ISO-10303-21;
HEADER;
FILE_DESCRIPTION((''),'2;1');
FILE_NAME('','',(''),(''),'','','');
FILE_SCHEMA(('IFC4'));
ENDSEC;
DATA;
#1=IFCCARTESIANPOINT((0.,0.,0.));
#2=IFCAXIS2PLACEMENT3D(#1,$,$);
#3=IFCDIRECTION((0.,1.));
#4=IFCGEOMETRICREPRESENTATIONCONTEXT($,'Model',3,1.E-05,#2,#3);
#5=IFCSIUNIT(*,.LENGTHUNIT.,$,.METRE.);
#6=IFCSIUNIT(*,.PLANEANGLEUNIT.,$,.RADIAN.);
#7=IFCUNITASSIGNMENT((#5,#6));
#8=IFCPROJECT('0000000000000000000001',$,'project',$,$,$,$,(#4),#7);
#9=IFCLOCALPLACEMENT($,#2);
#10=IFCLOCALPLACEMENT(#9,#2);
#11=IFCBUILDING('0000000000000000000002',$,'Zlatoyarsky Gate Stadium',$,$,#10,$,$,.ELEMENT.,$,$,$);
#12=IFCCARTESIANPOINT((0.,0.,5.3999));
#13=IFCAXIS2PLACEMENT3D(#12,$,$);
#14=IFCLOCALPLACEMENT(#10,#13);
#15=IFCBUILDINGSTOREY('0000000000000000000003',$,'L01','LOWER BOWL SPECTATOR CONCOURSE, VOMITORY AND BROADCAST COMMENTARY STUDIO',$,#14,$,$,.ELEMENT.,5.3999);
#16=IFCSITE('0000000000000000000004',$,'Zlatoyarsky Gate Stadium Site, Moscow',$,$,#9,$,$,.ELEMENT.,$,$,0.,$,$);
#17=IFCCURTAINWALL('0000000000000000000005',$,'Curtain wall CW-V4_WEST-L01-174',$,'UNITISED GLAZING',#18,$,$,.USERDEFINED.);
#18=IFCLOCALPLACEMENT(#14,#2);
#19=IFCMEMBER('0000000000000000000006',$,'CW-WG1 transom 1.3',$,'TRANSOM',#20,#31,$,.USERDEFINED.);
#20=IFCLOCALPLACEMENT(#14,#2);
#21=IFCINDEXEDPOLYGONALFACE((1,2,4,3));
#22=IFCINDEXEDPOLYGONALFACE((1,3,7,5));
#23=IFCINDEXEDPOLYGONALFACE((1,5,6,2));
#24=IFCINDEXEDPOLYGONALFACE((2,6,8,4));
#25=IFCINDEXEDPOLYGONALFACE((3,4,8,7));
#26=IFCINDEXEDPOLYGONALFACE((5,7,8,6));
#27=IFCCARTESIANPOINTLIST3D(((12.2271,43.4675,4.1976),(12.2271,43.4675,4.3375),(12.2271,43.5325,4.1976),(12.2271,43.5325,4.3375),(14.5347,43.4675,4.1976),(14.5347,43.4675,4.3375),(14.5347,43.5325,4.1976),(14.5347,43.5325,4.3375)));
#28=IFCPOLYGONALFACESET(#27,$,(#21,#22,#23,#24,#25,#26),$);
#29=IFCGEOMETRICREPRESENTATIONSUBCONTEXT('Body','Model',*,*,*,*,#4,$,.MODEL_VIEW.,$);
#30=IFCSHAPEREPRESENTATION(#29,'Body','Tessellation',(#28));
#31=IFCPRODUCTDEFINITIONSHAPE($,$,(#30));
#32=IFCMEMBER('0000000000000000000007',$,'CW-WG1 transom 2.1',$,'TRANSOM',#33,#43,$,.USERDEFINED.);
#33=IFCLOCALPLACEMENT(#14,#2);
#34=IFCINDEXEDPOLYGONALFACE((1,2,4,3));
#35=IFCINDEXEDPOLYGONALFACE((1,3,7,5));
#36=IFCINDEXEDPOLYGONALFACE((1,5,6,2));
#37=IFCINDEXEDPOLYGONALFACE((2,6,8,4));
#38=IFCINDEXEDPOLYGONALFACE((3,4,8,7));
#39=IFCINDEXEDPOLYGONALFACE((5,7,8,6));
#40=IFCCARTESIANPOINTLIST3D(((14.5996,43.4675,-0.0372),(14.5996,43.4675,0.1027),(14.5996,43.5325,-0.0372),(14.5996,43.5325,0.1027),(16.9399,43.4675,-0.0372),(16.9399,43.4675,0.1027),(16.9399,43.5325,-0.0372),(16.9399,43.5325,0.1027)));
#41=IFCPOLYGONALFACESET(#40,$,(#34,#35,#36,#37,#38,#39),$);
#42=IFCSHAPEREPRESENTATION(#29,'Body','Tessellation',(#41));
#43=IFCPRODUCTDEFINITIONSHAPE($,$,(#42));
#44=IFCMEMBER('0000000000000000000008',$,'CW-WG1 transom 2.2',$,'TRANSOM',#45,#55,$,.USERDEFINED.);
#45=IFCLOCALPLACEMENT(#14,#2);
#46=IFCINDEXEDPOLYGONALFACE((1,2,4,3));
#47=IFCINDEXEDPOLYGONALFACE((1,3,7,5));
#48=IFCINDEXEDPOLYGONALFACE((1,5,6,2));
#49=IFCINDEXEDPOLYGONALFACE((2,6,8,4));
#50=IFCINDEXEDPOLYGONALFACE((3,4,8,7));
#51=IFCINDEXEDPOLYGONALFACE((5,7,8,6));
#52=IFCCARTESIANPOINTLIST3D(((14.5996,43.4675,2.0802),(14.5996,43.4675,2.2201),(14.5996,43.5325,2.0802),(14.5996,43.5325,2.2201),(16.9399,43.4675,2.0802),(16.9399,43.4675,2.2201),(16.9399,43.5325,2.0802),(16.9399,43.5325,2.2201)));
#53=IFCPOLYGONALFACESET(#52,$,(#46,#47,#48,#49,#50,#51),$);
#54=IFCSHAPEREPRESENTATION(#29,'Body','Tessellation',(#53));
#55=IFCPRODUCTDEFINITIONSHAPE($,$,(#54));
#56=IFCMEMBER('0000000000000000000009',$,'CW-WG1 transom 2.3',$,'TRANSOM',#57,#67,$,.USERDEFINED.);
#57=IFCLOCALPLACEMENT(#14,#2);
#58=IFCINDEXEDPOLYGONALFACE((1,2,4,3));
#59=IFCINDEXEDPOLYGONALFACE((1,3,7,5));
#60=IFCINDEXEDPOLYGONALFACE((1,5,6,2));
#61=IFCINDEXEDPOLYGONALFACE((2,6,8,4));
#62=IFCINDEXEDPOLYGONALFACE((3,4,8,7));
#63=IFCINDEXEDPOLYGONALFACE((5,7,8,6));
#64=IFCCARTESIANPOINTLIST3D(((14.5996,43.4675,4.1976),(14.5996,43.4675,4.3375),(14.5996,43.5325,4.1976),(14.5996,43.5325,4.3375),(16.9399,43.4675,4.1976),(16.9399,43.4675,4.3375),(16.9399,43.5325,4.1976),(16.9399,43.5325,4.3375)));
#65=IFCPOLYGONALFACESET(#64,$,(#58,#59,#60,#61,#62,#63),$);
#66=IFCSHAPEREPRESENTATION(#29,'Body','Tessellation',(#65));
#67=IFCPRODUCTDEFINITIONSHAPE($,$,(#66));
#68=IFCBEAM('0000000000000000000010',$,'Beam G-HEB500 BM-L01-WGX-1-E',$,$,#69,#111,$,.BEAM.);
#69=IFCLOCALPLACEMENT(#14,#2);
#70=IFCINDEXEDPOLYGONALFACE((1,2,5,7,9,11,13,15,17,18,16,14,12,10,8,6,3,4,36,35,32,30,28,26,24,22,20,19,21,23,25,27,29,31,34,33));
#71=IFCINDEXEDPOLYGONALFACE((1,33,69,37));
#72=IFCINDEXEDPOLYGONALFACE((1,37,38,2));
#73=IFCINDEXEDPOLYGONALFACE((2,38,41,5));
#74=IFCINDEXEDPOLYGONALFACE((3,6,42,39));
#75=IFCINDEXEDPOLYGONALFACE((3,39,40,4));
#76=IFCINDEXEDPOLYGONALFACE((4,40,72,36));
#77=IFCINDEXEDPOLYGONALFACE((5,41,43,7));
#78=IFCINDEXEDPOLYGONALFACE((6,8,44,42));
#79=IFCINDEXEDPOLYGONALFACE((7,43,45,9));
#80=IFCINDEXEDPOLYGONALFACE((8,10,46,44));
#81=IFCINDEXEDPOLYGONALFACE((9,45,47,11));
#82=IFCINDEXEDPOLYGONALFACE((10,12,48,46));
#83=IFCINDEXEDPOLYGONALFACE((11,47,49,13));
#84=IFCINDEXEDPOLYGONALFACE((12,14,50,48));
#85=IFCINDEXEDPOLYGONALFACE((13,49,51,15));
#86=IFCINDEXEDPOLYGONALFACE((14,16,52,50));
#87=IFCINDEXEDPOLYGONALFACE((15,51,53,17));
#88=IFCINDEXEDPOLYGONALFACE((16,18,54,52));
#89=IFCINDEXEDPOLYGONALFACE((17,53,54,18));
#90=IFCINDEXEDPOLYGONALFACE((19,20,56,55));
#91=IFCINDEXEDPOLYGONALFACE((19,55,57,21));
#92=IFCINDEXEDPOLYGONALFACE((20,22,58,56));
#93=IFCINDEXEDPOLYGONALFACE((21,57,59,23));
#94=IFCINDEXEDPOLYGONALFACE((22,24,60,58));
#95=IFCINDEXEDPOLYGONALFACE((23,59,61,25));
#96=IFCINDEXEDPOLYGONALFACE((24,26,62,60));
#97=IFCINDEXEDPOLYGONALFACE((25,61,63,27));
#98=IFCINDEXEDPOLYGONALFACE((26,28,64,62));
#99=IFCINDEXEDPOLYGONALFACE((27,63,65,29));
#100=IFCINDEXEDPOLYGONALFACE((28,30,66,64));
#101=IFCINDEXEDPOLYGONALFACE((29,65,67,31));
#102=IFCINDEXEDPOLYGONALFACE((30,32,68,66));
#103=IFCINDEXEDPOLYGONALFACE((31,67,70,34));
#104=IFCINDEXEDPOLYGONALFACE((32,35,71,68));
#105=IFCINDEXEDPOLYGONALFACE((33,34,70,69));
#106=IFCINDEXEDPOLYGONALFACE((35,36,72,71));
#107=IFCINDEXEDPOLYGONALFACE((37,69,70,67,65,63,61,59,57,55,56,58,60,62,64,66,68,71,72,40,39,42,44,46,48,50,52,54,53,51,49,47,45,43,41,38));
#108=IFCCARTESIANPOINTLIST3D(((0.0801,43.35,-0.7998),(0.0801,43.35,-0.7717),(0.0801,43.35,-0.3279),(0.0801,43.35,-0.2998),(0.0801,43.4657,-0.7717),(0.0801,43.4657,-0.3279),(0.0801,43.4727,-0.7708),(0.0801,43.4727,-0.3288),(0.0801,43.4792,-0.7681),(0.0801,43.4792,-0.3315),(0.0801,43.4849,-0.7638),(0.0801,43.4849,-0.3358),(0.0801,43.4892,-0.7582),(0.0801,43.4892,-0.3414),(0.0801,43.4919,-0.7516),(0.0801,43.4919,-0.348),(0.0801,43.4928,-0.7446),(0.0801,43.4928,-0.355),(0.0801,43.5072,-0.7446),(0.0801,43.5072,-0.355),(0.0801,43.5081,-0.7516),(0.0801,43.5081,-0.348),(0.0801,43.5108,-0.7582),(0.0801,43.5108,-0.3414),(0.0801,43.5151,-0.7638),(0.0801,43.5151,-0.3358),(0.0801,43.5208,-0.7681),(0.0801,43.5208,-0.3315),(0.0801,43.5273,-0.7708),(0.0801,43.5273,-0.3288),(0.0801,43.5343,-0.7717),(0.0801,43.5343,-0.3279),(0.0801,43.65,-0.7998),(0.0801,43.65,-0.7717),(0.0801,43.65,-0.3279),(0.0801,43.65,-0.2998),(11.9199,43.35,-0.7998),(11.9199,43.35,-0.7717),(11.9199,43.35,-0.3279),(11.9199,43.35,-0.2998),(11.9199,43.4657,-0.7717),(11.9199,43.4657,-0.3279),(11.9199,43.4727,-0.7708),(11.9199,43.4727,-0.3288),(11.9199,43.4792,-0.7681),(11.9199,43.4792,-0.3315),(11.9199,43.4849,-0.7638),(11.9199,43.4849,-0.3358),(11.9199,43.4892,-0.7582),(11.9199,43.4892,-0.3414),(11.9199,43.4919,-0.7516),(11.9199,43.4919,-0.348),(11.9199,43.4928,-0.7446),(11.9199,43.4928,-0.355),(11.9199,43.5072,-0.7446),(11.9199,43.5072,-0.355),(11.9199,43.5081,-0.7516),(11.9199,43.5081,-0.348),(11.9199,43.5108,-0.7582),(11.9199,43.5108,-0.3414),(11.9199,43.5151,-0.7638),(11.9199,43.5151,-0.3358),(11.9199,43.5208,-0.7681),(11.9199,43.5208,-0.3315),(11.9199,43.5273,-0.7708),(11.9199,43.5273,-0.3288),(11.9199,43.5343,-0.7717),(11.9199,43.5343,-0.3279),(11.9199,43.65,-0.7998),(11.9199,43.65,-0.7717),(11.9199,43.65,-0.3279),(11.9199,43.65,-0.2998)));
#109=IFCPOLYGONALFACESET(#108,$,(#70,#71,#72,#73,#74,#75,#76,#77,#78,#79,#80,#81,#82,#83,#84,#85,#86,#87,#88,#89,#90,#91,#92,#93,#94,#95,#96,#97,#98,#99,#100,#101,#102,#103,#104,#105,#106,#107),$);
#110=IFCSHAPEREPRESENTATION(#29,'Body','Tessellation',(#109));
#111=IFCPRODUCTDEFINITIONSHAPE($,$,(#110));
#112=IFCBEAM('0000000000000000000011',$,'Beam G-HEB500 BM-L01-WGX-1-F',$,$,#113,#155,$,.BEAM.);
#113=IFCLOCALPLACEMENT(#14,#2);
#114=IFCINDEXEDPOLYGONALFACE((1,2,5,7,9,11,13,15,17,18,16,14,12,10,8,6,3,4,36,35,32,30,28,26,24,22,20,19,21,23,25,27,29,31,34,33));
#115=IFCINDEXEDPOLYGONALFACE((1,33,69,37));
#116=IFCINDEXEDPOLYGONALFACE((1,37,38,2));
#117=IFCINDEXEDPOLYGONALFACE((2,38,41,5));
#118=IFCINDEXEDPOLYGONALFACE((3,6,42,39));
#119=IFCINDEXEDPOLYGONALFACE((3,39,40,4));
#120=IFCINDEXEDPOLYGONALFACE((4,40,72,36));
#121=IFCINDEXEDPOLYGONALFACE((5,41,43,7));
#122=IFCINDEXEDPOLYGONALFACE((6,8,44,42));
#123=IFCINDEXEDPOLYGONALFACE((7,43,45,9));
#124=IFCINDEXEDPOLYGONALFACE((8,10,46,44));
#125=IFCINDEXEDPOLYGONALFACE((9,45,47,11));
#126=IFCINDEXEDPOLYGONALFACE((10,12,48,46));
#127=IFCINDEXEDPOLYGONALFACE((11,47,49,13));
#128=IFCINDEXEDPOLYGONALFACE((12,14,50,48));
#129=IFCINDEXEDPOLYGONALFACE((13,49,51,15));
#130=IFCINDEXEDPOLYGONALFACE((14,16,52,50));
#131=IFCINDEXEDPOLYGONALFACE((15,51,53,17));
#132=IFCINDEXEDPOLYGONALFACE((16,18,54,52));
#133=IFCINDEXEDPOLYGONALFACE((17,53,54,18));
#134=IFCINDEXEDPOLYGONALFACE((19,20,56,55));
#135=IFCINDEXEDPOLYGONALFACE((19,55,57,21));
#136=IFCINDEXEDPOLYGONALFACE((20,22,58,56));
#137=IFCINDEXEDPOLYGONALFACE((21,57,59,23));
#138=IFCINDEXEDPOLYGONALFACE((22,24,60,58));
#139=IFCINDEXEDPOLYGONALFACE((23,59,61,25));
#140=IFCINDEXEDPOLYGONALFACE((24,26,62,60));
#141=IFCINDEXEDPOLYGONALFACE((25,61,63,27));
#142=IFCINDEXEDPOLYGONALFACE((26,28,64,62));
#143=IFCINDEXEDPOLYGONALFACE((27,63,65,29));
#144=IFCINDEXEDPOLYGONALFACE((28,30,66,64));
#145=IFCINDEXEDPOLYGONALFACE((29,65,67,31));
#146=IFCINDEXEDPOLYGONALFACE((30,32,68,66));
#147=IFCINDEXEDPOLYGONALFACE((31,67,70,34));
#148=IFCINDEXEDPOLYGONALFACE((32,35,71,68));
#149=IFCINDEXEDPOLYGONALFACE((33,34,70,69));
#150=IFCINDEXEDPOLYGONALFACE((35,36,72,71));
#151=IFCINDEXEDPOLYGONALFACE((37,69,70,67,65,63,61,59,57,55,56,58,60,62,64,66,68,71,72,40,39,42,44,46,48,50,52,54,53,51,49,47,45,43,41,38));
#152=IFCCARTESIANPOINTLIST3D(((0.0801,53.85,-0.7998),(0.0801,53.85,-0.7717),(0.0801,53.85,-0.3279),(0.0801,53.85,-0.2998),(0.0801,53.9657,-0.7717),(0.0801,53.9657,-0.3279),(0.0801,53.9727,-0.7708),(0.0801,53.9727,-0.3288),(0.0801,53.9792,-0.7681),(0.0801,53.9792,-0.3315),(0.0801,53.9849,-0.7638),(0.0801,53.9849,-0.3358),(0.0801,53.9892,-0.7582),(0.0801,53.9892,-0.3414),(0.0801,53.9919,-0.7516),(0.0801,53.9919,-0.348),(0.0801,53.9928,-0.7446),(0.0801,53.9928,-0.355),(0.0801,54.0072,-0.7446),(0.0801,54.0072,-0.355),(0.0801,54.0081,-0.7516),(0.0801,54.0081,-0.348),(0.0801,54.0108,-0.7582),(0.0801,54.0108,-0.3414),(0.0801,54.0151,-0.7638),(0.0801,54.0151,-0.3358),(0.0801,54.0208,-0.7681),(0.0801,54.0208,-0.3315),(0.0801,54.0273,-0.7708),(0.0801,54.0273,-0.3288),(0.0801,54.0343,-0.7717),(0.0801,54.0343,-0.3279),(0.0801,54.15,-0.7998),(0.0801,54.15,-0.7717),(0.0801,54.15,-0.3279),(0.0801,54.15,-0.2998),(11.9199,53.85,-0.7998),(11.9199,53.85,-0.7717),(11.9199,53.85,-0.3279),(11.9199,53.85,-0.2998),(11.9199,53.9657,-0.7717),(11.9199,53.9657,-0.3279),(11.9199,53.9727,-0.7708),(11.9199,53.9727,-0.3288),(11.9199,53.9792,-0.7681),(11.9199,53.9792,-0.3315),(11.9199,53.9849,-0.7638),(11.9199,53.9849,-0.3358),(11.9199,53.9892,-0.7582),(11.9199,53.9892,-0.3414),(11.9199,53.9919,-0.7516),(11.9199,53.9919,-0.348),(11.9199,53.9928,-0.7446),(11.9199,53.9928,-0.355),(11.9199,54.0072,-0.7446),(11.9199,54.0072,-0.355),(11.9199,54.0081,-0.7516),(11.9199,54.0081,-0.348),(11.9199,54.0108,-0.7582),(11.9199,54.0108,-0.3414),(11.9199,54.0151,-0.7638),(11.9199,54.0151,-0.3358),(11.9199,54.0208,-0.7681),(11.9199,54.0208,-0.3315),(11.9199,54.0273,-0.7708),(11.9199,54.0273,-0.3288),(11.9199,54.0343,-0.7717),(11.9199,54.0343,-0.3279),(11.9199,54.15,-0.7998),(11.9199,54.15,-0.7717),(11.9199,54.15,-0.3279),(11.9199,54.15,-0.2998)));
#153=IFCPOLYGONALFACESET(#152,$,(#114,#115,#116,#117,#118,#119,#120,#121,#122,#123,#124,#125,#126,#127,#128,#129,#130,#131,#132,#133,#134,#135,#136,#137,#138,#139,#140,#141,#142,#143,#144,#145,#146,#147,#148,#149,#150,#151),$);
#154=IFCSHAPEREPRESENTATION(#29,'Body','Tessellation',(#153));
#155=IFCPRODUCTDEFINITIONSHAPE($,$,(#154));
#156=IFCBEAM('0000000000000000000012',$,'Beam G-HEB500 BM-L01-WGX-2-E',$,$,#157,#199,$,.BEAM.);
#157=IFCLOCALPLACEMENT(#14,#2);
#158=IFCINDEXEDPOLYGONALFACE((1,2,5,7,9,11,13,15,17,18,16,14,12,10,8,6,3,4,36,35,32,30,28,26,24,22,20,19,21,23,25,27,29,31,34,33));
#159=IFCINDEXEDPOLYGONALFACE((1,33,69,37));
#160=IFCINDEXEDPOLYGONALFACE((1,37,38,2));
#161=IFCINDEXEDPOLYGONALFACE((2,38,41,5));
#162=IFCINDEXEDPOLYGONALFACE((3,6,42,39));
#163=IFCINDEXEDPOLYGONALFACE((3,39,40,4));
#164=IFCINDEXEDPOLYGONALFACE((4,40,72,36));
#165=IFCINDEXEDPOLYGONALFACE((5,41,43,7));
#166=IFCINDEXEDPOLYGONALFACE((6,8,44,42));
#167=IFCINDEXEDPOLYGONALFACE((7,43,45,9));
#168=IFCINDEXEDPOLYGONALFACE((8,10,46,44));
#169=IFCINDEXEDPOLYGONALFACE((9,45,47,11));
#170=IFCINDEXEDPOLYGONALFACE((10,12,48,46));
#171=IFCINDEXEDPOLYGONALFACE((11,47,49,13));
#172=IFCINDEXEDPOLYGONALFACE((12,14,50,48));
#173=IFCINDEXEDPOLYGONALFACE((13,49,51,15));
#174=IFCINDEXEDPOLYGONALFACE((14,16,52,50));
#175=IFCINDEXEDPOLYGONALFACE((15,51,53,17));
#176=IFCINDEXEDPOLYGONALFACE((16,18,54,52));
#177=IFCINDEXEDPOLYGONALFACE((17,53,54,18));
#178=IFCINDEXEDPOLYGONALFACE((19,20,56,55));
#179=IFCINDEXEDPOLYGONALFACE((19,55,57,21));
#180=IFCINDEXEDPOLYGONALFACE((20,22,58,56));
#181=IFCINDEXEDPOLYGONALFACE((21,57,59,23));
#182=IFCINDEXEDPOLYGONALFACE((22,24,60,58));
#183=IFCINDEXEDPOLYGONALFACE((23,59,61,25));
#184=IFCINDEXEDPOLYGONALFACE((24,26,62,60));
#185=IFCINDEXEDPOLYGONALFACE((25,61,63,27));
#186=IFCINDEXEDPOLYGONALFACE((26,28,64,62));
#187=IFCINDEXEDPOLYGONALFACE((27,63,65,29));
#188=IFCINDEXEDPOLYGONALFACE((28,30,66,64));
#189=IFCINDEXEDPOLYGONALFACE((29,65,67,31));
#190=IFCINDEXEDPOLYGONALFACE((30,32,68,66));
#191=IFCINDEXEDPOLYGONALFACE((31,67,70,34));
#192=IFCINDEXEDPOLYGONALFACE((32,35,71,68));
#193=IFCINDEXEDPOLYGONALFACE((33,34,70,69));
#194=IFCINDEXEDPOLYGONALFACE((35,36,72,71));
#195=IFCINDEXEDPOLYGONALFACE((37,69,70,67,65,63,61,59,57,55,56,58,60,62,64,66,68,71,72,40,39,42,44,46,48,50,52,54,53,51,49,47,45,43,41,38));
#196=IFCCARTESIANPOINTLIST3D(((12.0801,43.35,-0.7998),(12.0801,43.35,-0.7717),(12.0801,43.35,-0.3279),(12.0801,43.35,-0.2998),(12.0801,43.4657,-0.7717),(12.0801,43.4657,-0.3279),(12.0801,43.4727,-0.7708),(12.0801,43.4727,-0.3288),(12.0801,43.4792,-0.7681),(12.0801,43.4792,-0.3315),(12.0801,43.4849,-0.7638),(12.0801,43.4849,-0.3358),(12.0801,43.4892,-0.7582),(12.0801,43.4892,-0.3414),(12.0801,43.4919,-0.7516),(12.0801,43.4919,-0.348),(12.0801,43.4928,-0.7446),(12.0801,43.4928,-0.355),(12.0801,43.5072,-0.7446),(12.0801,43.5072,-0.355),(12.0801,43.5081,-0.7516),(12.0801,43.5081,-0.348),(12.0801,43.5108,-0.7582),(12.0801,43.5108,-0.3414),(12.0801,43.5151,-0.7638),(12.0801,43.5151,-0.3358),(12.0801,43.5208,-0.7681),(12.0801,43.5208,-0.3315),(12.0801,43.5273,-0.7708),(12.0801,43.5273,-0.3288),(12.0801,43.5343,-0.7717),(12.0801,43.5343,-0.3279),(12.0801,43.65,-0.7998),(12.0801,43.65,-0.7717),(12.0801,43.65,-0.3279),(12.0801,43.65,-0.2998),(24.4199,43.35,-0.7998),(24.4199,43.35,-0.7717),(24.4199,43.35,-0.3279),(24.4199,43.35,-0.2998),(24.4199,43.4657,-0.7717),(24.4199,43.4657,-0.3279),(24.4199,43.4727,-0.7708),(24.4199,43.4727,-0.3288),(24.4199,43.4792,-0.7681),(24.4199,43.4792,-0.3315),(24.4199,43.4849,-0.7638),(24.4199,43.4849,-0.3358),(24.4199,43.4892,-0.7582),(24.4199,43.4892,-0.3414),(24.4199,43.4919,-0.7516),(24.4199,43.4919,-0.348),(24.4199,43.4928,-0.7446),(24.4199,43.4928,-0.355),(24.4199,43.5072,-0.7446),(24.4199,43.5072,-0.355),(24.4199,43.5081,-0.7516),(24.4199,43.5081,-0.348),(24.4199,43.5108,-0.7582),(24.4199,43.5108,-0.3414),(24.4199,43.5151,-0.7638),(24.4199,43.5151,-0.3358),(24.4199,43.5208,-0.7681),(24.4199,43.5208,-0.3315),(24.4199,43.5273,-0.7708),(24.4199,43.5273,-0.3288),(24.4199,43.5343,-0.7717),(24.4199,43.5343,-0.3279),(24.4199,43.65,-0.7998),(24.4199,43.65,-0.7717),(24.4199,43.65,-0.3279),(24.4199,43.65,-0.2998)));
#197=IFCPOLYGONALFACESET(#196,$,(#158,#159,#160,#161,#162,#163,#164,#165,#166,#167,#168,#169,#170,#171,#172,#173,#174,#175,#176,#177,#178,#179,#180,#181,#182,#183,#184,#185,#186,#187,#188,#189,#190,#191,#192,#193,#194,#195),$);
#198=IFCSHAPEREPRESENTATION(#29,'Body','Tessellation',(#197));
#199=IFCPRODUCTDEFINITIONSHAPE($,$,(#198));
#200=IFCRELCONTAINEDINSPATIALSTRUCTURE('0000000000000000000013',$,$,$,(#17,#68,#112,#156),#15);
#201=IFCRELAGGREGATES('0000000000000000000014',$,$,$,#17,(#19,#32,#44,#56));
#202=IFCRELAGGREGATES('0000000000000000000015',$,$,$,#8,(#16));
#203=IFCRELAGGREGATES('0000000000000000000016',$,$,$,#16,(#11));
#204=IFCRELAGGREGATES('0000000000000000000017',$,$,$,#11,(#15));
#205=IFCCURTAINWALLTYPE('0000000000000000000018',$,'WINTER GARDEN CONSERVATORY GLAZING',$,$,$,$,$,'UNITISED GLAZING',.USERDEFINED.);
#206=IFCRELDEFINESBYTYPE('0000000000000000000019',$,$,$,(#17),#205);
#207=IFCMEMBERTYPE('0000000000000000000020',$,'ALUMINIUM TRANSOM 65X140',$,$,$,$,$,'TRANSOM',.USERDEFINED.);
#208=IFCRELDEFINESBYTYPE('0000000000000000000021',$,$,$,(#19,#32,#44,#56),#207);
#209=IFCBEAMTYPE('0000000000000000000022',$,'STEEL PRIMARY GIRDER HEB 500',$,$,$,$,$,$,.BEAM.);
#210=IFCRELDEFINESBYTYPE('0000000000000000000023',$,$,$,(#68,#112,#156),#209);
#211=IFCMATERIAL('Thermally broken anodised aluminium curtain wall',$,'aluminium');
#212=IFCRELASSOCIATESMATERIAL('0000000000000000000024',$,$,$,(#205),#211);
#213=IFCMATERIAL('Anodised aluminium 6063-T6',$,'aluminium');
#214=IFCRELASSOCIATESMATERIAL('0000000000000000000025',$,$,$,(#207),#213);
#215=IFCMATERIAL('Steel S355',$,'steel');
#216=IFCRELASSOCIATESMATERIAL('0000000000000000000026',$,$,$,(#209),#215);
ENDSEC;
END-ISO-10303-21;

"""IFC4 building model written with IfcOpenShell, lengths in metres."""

from ifc_helpers import new_model, si_unit, direction, frame, origin, origin_2d, place, context, subcontext, project, spatial, rectangle, i_section, extrude, material, material_profile, profile_set, type_object, element, aggregate, save


model = new_model("IFC4")

# Units and contexts
model_context = context("Model", 3, precision=1e-05, world=origin(), true_north=direction((0.0, 1.0)))
body_context = subcontext(model_context, "Body", "Model", "MODEL_VIEW")
ifc_project = project(units=[si_unit("LENGTHUNIT", "METRE"), si_unit("PLANEANGLEUNIT", "RADIAN")], contexts=[model_context])

# Site, building, storey
site_placement = place(None, origin())
site = spatial("IfcSite", under=ifc_project, at=site_placement, Name="Zlatoyarsky Gate Stadium Site, Moscow", CompositionType="ELEMENT", RefElevation=0.0)
building_placement = place(site_placement, origin())
building = spatial("IfcBuilding", under=site, at=building_placement, Name="Zlatoyarsky Gate Stadium", CompositionType="ELEMENT")
storey_placement = place(building_placement, frame((0.0, 0.0, 5.3999)))
storey = spatial("IfcBuildingStorey", under=building, at=storey_placement, Name="L01", Description="LOWER BOWL SPECTATOR CONCOURSE, VOMITORY AND BROADCAST COMMENTARY STUDIO", CompositionType="ELEMENT", Elevation=5.3999)

# Shared definitions
ifc_material_1 = material(Name="Steel S355", Category="steel")

# Curtain wall, members
ifc_material_2 = material(Name="Thermally broken anodised aluminium curtain wall", Category="aluminium")
curtain_wall_type = type_object("IfcCurtainWallType", Name="WINTER GARDEN CONSERVATORY GLAZING", ElementType="UNITISED GLAZING", PredefinedType="USERDEFINED", material=ifc_material_2)
curtain_wall_placement = place(storey_placement, origin())
curtain_wall = element("IfcCurtainWall", 1, at=curtain_wall_placement, inside=storey, type_object=curtain_wall_type, Name="Curtain wall CW-V4_WEST-L01-174", ObjectType="UNITISED GLAZING", PredefinedType="USERDEFINED")
ifc_material_3 = material(Name="Anodised aluminium 6063-T6", Category="aluminium")
ifc_material_profile_1 = material_profile(ifc_material_3, rectangle(XDim=0.0649, YDim=0.1399, at=origin_2d()), Name="ALU 65X140")
ifc_profile_set_1 = profile_set([ifc_material_profile_1], Name="Anodised aluminium 6063-T6")
member_type_1 = type_object("IfcMemberType", Name="ALUMINIUM TRANSOM 65X140", ElementType="TRANSOM", PredefinedType="USERDEFINED", material=ifc_profile_set_1)
member_1_placement = place(storey_placement, frame((12.2271, 43.5, 4.2676), z_axis=(1.0, 0.0, 0.0), x_axis=(0.0, 1.0, 0.0)))
member_1 = element("IfcMember", 2, at=member_1_placement, type_object=member_type_1, Name="CW-WG1 transom 1.3", ObjectType="TRANSOM", PredefinedType="USERDEFINED", context=body_context, shape_type="SweptSolid", body=[
    extrude(rectangle(XDim=0.0649, YDim=0.1399, at=origin_2d()), origin(), (0.0, 0.0, 1.0), 2.3076),
])
member_2_placement = place(storey_placement, frame((14.5996, 43.5, 0.0327), z_axis=(1.0, 0.0, 0.0), x_axis=(0.0, 1.0, 0.0)))
member_2 = element("IfcMember", 3, at=member_2_placement, type_object=member_type_1, Name="CW-WG1 transom 2.1", ObjectType="TRANSOM", PredefinedType="USERDEFINED", context=body_context, shape_type="SweptSolid", body=[
    extrude(rectangle(XDim=0.0649, YDim=0.1399, at=origin_2d()), origin(), (0.0, 0.0, 1.0), 2.3403),
])
member_3_placement = place(storey_placement, frame((14.5996, 43.5, 2.1501), z_axis=(1.0, 0.0, 0.0), x_axis=(0.0, 1.0, 0.0)))
member_3 = element("IfcMember", 4, at=member_3_placement, type_object=member_type_1, Name="CW-WG1 transom 2.2", ObjectType="TRANSOM", PredefinedType="USERDEFINED", context=body_context, shape_type="SweptSolid", body=[
    extrude(rectangle(XDim=0.0649, YDim=0.1399, at=origin_2d()), origin(), (0.0, 0.0, 1.0), 2.3403),
])
member_4_placement = place(storey_placement, frame((14.5996, 43.5, 4.2676), z_axis=(1.0, 0.0, 0.0), x_axis=(0.0, 1.0, 0.0)))
member_4 = element("IfcMember", 5, at=member_4_placement, type_object=member_type_1, Name="CW-WG1 transom 2.3", ObjectType="TRANSOM", PredefinedType="USERDEFINED", context=body_context, shape_type="SweptSolid", body=[
    extrude(rectangle(XDim=0.0649, YDim=0.1399, at=origin_2d()), origin(), (0.0, 0.0, 1.0), 2.3403),
])

# Beams
ifc_material_profile_2 = material_profile(ifc_material_1, i_section(OverallWidth=0.3, OverallDepth=0.5, WebThickness=0.0144, FlangeThickness=0.0281, FilletRadius=0.0271, at=origin_2d()), Name="HEB 500")
ifc_profile_set_2 = profile_set([ifc_material_profile_2], Name="Steel S355")
beam_type_1 = type_object("IfcBeamType", Name="STEEL PRIMARY GIRDER HEB 500", PredefinedType="BEAM", material=ifc_profile_set_2)
for number, where, z_axis, x_axis, name in (
    (6, (0.0801, 43.5, -0.5498), (1.0, 0.0, 0.0), (0.0, 1.0, 0.0), "Beam G-HEB500 BM-L01-WGX-1-E"),
    (7, (0.0801, 54.0, -0.5498), (1.0, 0.0, 0.0), (0.0, 1.0, 0.0), "Beam G-HEB500 BM-L01-WGX-1-F"),
):
    element("IfcBeam", number, at=place(storey_placement, frame(where, z_axis=z_axis, x_axis=x_axis)), inside=storey, type_object=beam_type_1, Name=name, PredefinedType="BEAM", context=body_context, shape_type="SweptSolid", body=[
        extrude(i_section(OverallWidth=0.3, OverallDepth=0.5, WebThickness=0.0144, FlangeThickness=0.0281, FilletRadius=0.0271, at=origin_2d()), origin(), (0.0, 0.0, 1.0), 11.8398),
    ])
beam_1_placement = place(storey_placement, frame((12.0801, 43.5, -0.5498), z_axis=(1.0, 0.0, 0.0), x_axis=(0.0, 1.0, 0.0)))
element("IfcBeam", 8, at=beam_1_placement, inside=storey, type_object=beam_type_1, Name="Beam G-HEB500 BM-L01-WGX-2-E", PredefinedType="BEAM", context=body_context, shape_type="SweptSolid", body=[
    extrude(i_section(OverallWidth=0.3, OverallDepth=0.5, WebThickness=0.0144, FlangeThickness=0.0281, FilletRadius=0.0271, at=origin_2d()), origin(), (0.0, 0.0, 1.0), 12.3398),
])

aggregate(curtain_wall, [member_1, member_2, member_3, member_4])

save(model, "model.ifc")
